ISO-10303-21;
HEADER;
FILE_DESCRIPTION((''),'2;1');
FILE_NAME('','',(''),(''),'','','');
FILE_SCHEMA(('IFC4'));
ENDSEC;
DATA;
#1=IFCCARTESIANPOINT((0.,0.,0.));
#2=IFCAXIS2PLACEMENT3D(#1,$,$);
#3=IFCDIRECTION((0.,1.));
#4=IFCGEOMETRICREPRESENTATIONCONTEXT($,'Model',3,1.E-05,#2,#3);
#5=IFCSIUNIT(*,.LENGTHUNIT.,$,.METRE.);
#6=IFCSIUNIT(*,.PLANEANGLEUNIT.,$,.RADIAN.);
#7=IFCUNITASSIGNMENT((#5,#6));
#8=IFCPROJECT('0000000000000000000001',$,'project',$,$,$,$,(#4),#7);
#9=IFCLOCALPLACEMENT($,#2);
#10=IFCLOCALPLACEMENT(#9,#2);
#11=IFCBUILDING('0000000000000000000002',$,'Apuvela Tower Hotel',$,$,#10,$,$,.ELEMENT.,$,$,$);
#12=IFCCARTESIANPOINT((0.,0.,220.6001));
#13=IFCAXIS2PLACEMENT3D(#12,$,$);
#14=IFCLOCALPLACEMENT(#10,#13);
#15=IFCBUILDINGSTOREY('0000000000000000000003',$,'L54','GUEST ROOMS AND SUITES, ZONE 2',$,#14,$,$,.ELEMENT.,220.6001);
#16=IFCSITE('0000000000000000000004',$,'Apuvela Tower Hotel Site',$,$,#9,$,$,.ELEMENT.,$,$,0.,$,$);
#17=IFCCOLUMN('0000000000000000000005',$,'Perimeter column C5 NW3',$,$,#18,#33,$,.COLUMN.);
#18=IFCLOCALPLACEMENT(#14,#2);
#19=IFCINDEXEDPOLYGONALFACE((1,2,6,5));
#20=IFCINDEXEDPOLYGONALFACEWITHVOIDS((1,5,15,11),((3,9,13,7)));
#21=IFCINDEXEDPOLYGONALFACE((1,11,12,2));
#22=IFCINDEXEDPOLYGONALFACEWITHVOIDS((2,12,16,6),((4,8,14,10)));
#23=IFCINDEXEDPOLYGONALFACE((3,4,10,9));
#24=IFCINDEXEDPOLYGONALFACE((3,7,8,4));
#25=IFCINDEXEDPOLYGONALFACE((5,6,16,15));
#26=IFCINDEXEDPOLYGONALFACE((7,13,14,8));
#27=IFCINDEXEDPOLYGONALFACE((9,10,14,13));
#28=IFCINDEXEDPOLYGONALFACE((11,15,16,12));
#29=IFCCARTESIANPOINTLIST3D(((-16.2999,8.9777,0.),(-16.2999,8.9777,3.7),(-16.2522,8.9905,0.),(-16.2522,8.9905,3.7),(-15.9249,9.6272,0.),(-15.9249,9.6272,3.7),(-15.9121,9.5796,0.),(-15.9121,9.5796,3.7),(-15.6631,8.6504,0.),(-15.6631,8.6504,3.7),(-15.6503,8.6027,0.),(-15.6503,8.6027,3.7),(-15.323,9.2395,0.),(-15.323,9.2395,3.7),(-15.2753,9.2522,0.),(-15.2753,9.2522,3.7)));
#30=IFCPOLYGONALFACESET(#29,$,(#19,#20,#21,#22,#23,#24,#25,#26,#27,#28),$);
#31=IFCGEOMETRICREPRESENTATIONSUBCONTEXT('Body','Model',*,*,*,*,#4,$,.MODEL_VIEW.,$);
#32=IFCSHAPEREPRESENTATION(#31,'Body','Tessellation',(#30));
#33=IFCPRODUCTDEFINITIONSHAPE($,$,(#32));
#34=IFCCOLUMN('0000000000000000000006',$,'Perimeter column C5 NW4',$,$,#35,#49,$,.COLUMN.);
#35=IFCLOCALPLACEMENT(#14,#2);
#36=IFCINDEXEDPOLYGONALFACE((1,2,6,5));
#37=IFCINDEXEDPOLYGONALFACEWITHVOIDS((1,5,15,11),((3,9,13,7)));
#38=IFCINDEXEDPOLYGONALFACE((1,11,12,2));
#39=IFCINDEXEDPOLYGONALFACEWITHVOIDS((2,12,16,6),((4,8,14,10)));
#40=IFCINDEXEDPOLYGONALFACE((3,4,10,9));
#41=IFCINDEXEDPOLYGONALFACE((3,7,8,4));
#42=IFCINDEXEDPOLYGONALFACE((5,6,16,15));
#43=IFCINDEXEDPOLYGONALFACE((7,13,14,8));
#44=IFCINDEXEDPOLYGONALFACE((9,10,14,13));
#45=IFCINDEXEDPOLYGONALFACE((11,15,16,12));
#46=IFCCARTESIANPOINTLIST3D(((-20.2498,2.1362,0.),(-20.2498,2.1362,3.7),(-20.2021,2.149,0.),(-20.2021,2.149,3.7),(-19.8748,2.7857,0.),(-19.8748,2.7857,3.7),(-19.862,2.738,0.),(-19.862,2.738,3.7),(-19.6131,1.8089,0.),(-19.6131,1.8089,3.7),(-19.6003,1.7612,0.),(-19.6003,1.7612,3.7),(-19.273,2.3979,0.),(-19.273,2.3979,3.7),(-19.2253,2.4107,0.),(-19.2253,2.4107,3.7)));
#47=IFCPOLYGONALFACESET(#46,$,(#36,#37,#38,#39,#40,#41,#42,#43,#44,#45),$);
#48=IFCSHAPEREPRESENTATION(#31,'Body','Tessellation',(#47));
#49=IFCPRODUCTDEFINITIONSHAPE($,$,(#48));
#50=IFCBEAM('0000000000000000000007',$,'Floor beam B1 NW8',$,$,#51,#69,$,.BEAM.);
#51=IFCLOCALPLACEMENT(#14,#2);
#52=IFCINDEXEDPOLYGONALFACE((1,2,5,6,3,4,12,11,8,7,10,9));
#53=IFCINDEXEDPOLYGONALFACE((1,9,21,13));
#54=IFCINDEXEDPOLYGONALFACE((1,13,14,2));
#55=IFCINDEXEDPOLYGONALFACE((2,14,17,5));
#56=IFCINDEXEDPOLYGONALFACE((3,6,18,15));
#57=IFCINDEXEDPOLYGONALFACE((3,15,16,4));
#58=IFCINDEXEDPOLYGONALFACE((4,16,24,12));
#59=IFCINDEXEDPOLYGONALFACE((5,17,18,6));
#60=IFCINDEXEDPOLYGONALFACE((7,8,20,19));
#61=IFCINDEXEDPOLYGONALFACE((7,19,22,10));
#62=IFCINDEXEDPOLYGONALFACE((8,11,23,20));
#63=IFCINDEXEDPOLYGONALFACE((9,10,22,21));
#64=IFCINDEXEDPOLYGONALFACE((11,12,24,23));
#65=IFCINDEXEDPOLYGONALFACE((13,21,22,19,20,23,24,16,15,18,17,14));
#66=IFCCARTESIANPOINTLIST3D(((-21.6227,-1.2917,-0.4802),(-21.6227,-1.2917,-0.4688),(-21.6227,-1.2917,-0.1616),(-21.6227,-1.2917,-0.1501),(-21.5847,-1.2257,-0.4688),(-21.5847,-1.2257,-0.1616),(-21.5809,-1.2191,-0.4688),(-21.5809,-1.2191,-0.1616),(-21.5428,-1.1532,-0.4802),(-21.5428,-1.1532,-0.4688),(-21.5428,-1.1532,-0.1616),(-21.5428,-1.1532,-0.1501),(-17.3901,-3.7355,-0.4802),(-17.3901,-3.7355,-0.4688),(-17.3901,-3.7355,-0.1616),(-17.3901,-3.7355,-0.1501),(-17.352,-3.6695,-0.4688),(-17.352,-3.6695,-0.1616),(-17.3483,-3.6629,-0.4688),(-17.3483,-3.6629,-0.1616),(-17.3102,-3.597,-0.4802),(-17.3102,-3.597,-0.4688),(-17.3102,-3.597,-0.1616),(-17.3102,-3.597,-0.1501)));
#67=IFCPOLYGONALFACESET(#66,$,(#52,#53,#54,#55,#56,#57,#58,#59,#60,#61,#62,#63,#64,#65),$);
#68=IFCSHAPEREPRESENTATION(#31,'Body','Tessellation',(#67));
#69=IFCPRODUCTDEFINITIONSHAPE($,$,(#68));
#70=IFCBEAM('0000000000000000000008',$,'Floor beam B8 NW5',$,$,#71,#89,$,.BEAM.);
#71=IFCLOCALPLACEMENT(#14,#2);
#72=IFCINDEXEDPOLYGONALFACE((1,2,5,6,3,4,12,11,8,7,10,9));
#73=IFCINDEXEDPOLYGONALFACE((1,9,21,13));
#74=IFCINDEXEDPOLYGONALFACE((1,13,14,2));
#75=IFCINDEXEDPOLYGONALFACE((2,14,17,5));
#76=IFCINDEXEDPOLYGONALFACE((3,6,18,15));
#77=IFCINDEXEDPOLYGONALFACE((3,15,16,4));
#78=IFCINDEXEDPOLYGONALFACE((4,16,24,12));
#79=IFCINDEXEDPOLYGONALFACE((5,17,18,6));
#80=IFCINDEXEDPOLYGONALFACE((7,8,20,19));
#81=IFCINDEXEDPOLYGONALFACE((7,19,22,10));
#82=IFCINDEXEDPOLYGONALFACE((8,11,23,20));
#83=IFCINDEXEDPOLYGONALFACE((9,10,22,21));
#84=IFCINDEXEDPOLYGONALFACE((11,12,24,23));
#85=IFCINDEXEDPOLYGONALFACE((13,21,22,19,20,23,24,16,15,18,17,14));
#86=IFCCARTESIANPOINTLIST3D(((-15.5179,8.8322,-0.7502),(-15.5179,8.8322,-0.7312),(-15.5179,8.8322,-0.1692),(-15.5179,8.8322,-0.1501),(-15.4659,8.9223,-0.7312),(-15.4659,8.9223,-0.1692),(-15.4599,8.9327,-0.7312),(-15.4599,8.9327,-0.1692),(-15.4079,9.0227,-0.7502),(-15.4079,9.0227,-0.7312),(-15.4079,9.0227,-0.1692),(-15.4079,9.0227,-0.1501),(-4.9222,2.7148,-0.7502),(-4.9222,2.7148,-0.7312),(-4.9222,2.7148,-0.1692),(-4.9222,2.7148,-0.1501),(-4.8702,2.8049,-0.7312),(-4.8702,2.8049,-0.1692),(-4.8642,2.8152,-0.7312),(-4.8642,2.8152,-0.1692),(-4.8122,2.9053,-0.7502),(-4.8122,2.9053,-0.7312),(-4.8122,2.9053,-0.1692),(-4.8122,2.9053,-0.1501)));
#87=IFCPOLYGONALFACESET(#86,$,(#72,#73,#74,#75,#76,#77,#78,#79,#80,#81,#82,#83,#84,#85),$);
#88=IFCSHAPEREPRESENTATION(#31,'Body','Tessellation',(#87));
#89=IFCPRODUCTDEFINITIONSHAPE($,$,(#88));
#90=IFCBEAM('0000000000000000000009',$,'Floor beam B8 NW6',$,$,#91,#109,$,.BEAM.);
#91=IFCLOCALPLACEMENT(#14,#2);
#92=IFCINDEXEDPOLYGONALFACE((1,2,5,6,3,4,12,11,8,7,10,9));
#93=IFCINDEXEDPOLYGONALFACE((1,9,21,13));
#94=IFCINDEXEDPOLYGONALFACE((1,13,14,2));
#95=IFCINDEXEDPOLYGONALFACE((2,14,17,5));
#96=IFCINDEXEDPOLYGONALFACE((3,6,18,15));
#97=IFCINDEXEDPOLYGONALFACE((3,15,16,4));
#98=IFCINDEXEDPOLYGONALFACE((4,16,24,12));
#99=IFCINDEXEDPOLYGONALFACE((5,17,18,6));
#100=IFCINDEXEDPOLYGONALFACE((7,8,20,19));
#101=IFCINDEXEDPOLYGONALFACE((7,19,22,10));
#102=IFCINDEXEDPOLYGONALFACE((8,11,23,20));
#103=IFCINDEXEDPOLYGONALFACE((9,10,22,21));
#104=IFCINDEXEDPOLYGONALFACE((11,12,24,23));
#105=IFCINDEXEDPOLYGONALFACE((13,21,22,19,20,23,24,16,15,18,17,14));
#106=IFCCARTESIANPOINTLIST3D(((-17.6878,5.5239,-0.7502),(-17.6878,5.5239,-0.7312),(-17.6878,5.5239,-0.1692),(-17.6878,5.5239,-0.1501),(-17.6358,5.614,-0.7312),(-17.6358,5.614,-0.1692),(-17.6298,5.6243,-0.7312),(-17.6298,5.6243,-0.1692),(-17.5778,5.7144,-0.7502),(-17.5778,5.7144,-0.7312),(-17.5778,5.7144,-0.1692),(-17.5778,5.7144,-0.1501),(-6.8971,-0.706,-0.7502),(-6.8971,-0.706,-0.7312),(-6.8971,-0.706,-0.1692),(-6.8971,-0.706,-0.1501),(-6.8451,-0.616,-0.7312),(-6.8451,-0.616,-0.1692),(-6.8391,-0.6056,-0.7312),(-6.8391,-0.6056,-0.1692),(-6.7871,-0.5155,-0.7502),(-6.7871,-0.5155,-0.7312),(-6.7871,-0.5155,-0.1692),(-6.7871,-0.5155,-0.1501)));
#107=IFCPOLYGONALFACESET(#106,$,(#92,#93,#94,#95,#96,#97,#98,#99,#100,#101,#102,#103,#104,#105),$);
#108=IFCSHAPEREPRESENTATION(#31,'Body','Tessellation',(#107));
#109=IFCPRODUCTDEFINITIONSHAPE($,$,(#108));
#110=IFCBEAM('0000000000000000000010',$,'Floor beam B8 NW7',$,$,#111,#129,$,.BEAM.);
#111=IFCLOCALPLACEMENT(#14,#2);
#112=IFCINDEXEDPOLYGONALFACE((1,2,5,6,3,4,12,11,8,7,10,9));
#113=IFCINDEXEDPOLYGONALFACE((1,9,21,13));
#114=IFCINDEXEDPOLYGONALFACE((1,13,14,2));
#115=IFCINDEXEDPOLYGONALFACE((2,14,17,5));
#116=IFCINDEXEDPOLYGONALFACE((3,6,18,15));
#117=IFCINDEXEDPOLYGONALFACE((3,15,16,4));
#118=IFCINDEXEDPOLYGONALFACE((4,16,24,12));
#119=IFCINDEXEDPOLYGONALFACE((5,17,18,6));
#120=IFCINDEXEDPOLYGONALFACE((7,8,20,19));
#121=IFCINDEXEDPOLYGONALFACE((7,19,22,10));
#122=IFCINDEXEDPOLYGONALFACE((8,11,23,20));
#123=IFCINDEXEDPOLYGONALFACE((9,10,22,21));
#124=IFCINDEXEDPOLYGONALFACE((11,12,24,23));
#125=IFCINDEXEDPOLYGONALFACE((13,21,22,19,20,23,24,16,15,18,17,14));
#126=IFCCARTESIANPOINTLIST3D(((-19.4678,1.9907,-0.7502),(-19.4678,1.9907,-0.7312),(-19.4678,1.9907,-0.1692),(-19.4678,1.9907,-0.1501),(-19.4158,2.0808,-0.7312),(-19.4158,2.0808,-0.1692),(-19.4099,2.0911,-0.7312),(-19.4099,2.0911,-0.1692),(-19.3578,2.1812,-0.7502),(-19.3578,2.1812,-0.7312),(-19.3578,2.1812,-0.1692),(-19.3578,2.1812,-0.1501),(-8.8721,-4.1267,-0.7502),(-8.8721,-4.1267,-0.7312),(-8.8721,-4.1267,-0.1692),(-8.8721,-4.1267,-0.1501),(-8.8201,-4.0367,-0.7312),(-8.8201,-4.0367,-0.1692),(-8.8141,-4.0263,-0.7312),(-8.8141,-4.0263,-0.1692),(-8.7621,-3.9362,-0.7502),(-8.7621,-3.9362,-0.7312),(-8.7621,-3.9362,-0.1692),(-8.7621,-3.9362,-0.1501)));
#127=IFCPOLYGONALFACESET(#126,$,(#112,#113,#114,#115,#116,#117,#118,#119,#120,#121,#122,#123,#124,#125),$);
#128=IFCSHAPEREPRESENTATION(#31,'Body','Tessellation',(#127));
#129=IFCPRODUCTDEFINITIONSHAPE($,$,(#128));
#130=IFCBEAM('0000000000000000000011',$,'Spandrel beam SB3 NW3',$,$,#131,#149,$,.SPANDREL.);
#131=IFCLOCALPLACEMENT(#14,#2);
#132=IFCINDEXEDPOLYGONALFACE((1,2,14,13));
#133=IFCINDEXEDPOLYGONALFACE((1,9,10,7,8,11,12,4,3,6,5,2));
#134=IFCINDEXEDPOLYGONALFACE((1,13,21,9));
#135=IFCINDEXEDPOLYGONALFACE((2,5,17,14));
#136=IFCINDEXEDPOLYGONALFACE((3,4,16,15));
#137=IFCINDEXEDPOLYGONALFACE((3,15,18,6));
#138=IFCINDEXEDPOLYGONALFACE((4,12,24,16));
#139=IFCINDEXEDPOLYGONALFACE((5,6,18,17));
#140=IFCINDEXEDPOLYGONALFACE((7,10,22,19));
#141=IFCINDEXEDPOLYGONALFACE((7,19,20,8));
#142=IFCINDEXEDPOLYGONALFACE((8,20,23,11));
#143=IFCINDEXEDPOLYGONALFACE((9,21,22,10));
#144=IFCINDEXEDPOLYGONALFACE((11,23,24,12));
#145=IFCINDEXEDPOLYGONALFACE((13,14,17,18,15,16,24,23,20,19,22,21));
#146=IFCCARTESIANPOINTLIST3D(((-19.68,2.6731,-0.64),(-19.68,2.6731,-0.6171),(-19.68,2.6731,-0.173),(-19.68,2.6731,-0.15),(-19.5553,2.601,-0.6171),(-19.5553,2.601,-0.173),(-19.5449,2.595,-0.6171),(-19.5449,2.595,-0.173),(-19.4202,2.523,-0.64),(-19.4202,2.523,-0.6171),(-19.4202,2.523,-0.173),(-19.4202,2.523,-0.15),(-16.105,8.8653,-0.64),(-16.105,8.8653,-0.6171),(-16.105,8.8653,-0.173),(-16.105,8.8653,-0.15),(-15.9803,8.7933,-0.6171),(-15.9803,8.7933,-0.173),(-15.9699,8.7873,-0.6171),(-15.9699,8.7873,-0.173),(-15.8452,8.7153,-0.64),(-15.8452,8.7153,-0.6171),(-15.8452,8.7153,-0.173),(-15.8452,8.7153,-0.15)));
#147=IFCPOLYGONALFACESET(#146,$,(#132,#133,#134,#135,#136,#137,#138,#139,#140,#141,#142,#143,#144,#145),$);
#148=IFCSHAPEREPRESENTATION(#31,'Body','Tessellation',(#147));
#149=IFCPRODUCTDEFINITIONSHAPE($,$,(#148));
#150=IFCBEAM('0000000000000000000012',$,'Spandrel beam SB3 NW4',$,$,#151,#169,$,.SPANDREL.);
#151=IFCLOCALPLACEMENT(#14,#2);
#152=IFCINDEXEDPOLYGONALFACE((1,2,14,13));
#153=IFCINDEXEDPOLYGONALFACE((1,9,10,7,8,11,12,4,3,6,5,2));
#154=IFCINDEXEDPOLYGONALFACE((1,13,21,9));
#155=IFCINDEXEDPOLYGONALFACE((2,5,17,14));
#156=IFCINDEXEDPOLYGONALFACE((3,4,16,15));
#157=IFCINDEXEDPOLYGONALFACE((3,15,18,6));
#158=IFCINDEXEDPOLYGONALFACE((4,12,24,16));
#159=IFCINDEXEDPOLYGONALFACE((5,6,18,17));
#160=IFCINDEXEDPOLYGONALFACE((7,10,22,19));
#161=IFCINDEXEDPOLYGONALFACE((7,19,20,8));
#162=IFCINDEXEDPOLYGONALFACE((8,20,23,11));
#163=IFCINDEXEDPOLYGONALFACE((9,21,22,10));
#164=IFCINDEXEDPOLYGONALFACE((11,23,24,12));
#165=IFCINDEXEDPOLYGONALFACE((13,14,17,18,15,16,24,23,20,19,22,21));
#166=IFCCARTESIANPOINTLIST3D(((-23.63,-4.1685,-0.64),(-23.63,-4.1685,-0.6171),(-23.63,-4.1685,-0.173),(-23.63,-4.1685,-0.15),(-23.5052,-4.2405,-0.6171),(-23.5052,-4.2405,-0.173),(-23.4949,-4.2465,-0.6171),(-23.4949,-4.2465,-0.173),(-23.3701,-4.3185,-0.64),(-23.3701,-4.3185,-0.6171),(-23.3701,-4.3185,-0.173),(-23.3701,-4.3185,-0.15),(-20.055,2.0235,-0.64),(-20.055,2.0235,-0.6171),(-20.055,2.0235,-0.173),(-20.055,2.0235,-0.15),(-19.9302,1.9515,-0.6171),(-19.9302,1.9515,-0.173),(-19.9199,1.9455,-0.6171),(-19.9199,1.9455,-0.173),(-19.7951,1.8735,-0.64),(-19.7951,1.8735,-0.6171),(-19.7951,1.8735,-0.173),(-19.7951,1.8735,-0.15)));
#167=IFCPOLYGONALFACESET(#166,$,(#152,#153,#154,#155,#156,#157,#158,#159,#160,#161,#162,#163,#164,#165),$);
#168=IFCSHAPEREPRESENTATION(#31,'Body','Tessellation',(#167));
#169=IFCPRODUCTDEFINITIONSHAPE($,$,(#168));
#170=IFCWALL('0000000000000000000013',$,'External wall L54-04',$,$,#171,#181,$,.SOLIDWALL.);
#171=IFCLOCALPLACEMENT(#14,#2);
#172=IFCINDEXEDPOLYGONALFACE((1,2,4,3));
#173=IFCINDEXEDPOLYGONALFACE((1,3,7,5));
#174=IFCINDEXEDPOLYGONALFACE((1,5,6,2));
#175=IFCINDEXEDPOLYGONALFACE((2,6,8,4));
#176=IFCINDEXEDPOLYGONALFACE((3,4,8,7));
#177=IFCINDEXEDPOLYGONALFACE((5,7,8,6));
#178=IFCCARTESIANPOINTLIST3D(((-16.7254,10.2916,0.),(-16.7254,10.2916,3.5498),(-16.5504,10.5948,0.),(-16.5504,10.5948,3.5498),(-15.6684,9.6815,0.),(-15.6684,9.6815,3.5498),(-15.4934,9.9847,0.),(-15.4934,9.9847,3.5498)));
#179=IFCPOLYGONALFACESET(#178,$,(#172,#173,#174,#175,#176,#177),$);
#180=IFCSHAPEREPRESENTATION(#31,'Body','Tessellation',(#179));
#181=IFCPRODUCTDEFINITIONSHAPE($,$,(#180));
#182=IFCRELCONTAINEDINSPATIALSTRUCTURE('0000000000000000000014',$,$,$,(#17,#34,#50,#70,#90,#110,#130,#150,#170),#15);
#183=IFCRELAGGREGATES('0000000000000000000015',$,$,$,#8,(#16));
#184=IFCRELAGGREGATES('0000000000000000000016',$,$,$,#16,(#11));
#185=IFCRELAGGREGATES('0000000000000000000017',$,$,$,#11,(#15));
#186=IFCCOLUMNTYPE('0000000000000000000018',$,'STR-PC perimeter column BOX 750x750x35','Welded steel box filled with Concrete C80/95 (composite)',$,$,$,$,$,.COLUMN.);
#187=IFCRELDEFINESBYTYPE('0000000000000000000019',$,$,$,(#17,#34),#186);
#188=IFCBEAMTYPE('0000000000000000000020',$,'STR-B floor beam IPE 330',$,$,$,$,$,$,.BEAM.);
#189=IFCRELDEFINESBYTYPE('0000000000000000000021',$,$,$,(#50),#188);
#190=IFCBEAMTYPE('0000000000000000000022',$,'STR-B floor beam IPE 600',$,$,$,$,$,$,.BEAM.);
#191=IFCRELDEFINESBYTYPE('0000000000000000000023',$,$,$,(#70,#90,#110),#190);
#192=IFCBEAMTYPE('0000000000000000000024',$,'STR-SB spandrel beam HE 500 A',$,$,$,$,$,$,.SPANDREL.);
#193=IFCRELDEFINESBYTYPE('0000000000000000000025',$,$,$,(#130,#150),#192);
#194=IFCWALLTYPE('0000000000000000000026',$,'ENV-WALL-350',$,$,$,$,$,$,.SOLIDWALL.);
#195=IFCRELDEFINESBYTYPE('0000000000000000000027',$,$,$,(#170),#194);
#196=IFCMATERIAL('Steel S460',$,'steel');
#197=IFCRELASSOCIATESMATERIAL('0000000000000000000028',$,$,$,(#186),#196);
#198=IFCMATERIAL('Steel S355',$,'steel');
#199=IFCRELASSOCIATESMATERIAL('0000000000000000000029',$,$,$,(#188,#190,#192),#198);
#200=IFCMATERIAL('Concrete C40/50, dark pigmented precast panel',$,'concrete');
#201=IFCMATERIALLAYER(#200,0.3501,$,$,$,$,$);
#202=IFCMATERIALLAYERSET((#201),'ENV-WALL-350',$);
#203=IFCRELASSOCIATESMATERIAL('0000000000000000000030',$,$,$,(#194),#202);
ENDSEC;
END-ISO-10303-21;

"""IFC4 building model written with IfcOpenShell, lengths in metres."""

from ifc_helpers import new_model, si_unit, direction, frame, frame_2d, origin, origin_2d, place, context, subcontext, project, spatial, rectangle, hollow_rectangle, i_section, extrude, material, layer, layer_set, material_profile, profile_set, type_object, element, save


model = new_model("IFC4")

# Units and contexts
model_context = context("Model", 3, precision=1e-05, world=origin(), true_north=direction((0.0, 1.0)))
body_context = subcontext(model_context, "Body", "Model", "MODEL_VIEW")
ifc_project = project(units=[si_unit("LENGTHUNIT", "METRE"), si_unit("PLANEANGLEUNIT", "RADIAN")], contexts=[model_context])

# Site, building, storey
site_placement = place(None, origin())
site = spatial("IfcSite", under=ifc_project, at=site_placement, Name="Apuvela Tower Hotel Site", CompositionType="ELEMENT", RefElevation=0.0)
building_placement = place(site_placement, origin())
building = spatial("IfcBuilding", under=site, at=building_placement, Name="Apuvela Tower Hotel", CompositionType="ELEMENT")
storey_placement = place(building_placement, frame((0.0, 0.0, 220.6001)))
storey = spatial("IfcBuildingStorey", under=building, at=storey_placement, Name="L54", Description="GUEST ROOMS AND SUITES, ZONE 2", CompositionType="ELEMENT", Elevation=220.6001)

# Columns
ifc_material_1 = material(Name="Steel S460", Category="steel")
ifc_material_profile_1 = material_profile(ifc_material_1, hollow_rectangle(XDim=0.75, YDim=0.75, WallThickness=0.0349, at=origin_2d()), Name="BOX 750x750x35")
ifc_material_2 = material(Name="Concrete C80/95", Category="concrete")
ifc_material_profile_2 = material_profile(ifc_material_2, rectangle(XDim=0.6799, YDim=0.6799, at=origin_2d()), Name="Concrete C80/95 infill")
ifc_profile_set_1 = profile_set([ifc_material_profile_1, ifc_material_profile_2], Name="Steel S460")
column_type = type_object("IfcColumnType", Name="STR-PC perimeter column BOX 750x750x35", Description="Welded steel box filled with Concrete C80/95 (composite)", PredefinedType="COLUMN", material=ifc_profile_set_1)
for number, where, z_axis, x_axis, name in (
    (1, (-15.7876, 9.115, 0.0), (0.0, 0.0, 1.0), (0.5, 0.866025, 0.0), "Perimeter column C5 NW3"),
    (2, (-19.7375, 2.2734, 0.0), (0.0, 0.0, 1.0), (0.5, 0.866025, 0.0), "Perimeter column C5 NW4"),
):
    element("IfcColumn", number, at=place(storey_placement, frame(where, z_axis=z_axis, x_axis=x_axis)), inside=storey, type_object=column_type, Name=name, PredefinedType="COLUMN", context=body_context, shape_type="SweptSolid", body=[
        extrude(hollow_rectangle(XDim=0.75, YDim=0.75, WallThickness=0.0349, at=origin_2d()), origin(), (0.0, 0.0, 1.0), 3.7),
    ])

# Beams
ifc_material_3 = material(Name="Steel S355", Category="steel")
ifc_material_profile_3 = material_profile(ifc_material_3, i_section(OverallWidth=0.1599, OverallDepth=0.3301, WebThickness=0.0076, FlangeThickness=0.0115, at=origin_2d()), Name="IPE 330")
ifc_profile_set_2 = profile_set([ifc_material_profile_3], Name="Steel S355")
beam_type_1 = type_object("IfcBeamType", Name="STR-B floor beam IPE 330", PredefinedType="BEAM", material=ifc_profile_set_2)
beam_1_placement = place(storey_placement, frame((-21.5828, -1.2224, -0.3152), z_axis=(0.866015, -0.500018, 0.0), x_axis=(0.500018, 0.866015, 0.0)))
element("IfcBeam", 3, at=beam_1_placement, inside=storey, type_object=beam_type_1, Name="Floor beam B1 NW8", PredefinedType="BEAM", context=body_context, shape_type="SweptSolid", body=[
    extrude(i_section(OverallWidth=0.1599, OverallDepth=0.3301, WebThickness=0.0076, FlangeThickness=0.0115, at=origin_2d()), origin(), (0.0, 0.0, 1.0), 4.8875),
])
ifc_material_profile_4 = material_profile(ifc_material_3, i_section(OverallWidth=0.22, OverallDepth=0.6001, WebThickness=0.012, FlangeThickness=0.019, at=origin_2d()), Name="IPE 600")
ifc_profile_set_3 = profile_set([ifc_material_profile_4], Name="Steel S355")
beam_type_2 = type_object("IfcBeamType", Name="STR-B floor beam IPE 600", PredefinedType="BEAM", material=ifc_profile_set_3)
beam_2_placement = place(storey_placement, frame((-15.4629, 8.9275, -0.4502), z_axis=(0.866025, -0.5, 0.0), x_axis=(0.5, 0.866025, 0.0)))
element("IfcBeam", 4, at=beam_2_placement, inside=storey, type_object=beam_type_2, Name="Floor beam B8 NW5", PredefinedType="BEAM", context=body_context, shape_type="SweptSolid", body=[
    extrude(i_section(OverallWidth=0.22, OverallDepth=0.6001, WebThickness=0.012, FlangeThickness=0.019, at=origin_2d()), origin(), (0.0, 0.0, 1.0), 12.2349),
])
beam_3_placement = place(storey_placement, frame((-17.6328, 5.6191, -0.4502), z_axis=(0.866028, -0.499996, 0.0), x_axis=(0.499996, 0.866028, 0.0)))
element("IfcBeam", 5, at=beam_3_placement, inside=storey, type_object=beam_type_2, Name="Floor beam B8 NW6", PredefinedType="BEAM", context=body_context, shape_type="SweptSolid", body=[
    extrude(i_section(OverallWidth=0.22, OverallDepth=0.6001, WebThickness=0.012, FlangeThickness=0.019, at=origin_2d()), origin(), (0.0, 0.0, 1.0), 12.46),
])
beam_4_placement = place(storey_placement, frame((-19.4128, 2.0859, -0.4502), z_axis=(0.866025, -0.5, 0.0), x_axis=(0.5, 0.866025, 0.0)))
element("IfcBeam", 6, at=beam_4_placement, inside=storey, type_object=beam_type_2, Name="Floor beam B8 NW7", PredefinedType="BEAM", context=body_context, shape_type="SweptSolid", body=[
    extrude(i_section(OverallWidth=0.22, OverallDepth=0.6001, WebThickness=0.012, FlangeThickness=0.019, at=origin_2d()), origin(), (0.0, 0.0, 1.0), 12.2349),
])
ifc_material_profile_5 = material_profile(ifc_material_3, i_section(OverallWidth=0.3, OverallDepth=0.49, WebThickness=0.012, FlangeThickness=0.0229, at=origin_2d()), Name="HE 500 A")
ifc_profile_set_4 = profile_set([ifc_material_profile_5], Name="Steel S355")
beam_type_3 = type_object("IfcBeamType", Name="STR-SB spandrel beam HE 500 A", PredefinedType="SPANDREL", material=ifc_profile_set_4)
beam_5_placement = place(storey_placement, frame((-15.9751, 8.7903, -0.395), z_axis=(-0.499991, -0.86603, 0.0), x_axis=(0.86603, -0.499991, 0.0)))
element("IfcBeam", 7, at=beam_5_placement, inside=storey, type_object=beam_type_3, Name="Spandrel beam SB3 NW3", PredefinedType="SPANDREL", context=body_context, shape_type="SweptSolid", body=[
    extrude(i_section(OverallWidth=0.3, OverallDepth=0.49, WebThickness=0.012, FlangeThickness=0.0229, at=origin_2d()), origin(), (0.0, 0.0, 1.0), 7.1501),
])
beam_6_placement = place(storey_placement, frame((-19.925, 1.9485, -0.395), z_axis=(-0.500006, -0.866022, 0.0), x_axis=(0.866022, -0.500006, 0.0)))
element("IfcBeam", 8, at=beam_6_placement, inside=storey, type_object=beam_type_3, Name="Spandrel beam SB3 NW4", PredefinedType="SPANDREL", context=body_context, shape_type="SweptSolid", body=[
    extrude(i_section(OverallWidth=0.3, OverallDepth=0.49, WebThickness=0.012, FlangeThickness=0.0229, at=origin_2d()), origin(), (0.0, 0.0, 1.0), 7.1499),
])

# Wall
ifc_material_4 = material(Name="Concrete C40/50, dark pigmented precast panel", Category="concrete")
ifc_layer_1 = layer(ifc_material_4, 0.3501)
ifc_layer_set_1 = layer_set([ifc_layer_1], Name="ENV-WALL-350")
wall_type_1 = type_object("IfcWallType", Name="ENV-WALL-350", PredefinedType="SOLIDWALL", material=ifc_layer_set_1)
wall_1_placement = place(storey_placement, frame((-15.5808, 9.833, 0.0), z_axis=(0.0, 0.0, 1.0), x_axis=(-0.866056, 0.499948, 0.0)))
element("IfcWall", 9, at=wall_1_placement, inside=storey, type_object=wall_type_1, Name="External wall L54-04", PredefinedType="SOLIDWALL", context=body_context, shape_type="SweptSolid", body=[
    extrude(rectangle(XDim=1.2205, YDim=0.3501, at=frame_2d((0.6104, 0.0))), origin(), (0.0, 0.0, 1.0), 3.5498),
])

save(model, "model.ifc")
